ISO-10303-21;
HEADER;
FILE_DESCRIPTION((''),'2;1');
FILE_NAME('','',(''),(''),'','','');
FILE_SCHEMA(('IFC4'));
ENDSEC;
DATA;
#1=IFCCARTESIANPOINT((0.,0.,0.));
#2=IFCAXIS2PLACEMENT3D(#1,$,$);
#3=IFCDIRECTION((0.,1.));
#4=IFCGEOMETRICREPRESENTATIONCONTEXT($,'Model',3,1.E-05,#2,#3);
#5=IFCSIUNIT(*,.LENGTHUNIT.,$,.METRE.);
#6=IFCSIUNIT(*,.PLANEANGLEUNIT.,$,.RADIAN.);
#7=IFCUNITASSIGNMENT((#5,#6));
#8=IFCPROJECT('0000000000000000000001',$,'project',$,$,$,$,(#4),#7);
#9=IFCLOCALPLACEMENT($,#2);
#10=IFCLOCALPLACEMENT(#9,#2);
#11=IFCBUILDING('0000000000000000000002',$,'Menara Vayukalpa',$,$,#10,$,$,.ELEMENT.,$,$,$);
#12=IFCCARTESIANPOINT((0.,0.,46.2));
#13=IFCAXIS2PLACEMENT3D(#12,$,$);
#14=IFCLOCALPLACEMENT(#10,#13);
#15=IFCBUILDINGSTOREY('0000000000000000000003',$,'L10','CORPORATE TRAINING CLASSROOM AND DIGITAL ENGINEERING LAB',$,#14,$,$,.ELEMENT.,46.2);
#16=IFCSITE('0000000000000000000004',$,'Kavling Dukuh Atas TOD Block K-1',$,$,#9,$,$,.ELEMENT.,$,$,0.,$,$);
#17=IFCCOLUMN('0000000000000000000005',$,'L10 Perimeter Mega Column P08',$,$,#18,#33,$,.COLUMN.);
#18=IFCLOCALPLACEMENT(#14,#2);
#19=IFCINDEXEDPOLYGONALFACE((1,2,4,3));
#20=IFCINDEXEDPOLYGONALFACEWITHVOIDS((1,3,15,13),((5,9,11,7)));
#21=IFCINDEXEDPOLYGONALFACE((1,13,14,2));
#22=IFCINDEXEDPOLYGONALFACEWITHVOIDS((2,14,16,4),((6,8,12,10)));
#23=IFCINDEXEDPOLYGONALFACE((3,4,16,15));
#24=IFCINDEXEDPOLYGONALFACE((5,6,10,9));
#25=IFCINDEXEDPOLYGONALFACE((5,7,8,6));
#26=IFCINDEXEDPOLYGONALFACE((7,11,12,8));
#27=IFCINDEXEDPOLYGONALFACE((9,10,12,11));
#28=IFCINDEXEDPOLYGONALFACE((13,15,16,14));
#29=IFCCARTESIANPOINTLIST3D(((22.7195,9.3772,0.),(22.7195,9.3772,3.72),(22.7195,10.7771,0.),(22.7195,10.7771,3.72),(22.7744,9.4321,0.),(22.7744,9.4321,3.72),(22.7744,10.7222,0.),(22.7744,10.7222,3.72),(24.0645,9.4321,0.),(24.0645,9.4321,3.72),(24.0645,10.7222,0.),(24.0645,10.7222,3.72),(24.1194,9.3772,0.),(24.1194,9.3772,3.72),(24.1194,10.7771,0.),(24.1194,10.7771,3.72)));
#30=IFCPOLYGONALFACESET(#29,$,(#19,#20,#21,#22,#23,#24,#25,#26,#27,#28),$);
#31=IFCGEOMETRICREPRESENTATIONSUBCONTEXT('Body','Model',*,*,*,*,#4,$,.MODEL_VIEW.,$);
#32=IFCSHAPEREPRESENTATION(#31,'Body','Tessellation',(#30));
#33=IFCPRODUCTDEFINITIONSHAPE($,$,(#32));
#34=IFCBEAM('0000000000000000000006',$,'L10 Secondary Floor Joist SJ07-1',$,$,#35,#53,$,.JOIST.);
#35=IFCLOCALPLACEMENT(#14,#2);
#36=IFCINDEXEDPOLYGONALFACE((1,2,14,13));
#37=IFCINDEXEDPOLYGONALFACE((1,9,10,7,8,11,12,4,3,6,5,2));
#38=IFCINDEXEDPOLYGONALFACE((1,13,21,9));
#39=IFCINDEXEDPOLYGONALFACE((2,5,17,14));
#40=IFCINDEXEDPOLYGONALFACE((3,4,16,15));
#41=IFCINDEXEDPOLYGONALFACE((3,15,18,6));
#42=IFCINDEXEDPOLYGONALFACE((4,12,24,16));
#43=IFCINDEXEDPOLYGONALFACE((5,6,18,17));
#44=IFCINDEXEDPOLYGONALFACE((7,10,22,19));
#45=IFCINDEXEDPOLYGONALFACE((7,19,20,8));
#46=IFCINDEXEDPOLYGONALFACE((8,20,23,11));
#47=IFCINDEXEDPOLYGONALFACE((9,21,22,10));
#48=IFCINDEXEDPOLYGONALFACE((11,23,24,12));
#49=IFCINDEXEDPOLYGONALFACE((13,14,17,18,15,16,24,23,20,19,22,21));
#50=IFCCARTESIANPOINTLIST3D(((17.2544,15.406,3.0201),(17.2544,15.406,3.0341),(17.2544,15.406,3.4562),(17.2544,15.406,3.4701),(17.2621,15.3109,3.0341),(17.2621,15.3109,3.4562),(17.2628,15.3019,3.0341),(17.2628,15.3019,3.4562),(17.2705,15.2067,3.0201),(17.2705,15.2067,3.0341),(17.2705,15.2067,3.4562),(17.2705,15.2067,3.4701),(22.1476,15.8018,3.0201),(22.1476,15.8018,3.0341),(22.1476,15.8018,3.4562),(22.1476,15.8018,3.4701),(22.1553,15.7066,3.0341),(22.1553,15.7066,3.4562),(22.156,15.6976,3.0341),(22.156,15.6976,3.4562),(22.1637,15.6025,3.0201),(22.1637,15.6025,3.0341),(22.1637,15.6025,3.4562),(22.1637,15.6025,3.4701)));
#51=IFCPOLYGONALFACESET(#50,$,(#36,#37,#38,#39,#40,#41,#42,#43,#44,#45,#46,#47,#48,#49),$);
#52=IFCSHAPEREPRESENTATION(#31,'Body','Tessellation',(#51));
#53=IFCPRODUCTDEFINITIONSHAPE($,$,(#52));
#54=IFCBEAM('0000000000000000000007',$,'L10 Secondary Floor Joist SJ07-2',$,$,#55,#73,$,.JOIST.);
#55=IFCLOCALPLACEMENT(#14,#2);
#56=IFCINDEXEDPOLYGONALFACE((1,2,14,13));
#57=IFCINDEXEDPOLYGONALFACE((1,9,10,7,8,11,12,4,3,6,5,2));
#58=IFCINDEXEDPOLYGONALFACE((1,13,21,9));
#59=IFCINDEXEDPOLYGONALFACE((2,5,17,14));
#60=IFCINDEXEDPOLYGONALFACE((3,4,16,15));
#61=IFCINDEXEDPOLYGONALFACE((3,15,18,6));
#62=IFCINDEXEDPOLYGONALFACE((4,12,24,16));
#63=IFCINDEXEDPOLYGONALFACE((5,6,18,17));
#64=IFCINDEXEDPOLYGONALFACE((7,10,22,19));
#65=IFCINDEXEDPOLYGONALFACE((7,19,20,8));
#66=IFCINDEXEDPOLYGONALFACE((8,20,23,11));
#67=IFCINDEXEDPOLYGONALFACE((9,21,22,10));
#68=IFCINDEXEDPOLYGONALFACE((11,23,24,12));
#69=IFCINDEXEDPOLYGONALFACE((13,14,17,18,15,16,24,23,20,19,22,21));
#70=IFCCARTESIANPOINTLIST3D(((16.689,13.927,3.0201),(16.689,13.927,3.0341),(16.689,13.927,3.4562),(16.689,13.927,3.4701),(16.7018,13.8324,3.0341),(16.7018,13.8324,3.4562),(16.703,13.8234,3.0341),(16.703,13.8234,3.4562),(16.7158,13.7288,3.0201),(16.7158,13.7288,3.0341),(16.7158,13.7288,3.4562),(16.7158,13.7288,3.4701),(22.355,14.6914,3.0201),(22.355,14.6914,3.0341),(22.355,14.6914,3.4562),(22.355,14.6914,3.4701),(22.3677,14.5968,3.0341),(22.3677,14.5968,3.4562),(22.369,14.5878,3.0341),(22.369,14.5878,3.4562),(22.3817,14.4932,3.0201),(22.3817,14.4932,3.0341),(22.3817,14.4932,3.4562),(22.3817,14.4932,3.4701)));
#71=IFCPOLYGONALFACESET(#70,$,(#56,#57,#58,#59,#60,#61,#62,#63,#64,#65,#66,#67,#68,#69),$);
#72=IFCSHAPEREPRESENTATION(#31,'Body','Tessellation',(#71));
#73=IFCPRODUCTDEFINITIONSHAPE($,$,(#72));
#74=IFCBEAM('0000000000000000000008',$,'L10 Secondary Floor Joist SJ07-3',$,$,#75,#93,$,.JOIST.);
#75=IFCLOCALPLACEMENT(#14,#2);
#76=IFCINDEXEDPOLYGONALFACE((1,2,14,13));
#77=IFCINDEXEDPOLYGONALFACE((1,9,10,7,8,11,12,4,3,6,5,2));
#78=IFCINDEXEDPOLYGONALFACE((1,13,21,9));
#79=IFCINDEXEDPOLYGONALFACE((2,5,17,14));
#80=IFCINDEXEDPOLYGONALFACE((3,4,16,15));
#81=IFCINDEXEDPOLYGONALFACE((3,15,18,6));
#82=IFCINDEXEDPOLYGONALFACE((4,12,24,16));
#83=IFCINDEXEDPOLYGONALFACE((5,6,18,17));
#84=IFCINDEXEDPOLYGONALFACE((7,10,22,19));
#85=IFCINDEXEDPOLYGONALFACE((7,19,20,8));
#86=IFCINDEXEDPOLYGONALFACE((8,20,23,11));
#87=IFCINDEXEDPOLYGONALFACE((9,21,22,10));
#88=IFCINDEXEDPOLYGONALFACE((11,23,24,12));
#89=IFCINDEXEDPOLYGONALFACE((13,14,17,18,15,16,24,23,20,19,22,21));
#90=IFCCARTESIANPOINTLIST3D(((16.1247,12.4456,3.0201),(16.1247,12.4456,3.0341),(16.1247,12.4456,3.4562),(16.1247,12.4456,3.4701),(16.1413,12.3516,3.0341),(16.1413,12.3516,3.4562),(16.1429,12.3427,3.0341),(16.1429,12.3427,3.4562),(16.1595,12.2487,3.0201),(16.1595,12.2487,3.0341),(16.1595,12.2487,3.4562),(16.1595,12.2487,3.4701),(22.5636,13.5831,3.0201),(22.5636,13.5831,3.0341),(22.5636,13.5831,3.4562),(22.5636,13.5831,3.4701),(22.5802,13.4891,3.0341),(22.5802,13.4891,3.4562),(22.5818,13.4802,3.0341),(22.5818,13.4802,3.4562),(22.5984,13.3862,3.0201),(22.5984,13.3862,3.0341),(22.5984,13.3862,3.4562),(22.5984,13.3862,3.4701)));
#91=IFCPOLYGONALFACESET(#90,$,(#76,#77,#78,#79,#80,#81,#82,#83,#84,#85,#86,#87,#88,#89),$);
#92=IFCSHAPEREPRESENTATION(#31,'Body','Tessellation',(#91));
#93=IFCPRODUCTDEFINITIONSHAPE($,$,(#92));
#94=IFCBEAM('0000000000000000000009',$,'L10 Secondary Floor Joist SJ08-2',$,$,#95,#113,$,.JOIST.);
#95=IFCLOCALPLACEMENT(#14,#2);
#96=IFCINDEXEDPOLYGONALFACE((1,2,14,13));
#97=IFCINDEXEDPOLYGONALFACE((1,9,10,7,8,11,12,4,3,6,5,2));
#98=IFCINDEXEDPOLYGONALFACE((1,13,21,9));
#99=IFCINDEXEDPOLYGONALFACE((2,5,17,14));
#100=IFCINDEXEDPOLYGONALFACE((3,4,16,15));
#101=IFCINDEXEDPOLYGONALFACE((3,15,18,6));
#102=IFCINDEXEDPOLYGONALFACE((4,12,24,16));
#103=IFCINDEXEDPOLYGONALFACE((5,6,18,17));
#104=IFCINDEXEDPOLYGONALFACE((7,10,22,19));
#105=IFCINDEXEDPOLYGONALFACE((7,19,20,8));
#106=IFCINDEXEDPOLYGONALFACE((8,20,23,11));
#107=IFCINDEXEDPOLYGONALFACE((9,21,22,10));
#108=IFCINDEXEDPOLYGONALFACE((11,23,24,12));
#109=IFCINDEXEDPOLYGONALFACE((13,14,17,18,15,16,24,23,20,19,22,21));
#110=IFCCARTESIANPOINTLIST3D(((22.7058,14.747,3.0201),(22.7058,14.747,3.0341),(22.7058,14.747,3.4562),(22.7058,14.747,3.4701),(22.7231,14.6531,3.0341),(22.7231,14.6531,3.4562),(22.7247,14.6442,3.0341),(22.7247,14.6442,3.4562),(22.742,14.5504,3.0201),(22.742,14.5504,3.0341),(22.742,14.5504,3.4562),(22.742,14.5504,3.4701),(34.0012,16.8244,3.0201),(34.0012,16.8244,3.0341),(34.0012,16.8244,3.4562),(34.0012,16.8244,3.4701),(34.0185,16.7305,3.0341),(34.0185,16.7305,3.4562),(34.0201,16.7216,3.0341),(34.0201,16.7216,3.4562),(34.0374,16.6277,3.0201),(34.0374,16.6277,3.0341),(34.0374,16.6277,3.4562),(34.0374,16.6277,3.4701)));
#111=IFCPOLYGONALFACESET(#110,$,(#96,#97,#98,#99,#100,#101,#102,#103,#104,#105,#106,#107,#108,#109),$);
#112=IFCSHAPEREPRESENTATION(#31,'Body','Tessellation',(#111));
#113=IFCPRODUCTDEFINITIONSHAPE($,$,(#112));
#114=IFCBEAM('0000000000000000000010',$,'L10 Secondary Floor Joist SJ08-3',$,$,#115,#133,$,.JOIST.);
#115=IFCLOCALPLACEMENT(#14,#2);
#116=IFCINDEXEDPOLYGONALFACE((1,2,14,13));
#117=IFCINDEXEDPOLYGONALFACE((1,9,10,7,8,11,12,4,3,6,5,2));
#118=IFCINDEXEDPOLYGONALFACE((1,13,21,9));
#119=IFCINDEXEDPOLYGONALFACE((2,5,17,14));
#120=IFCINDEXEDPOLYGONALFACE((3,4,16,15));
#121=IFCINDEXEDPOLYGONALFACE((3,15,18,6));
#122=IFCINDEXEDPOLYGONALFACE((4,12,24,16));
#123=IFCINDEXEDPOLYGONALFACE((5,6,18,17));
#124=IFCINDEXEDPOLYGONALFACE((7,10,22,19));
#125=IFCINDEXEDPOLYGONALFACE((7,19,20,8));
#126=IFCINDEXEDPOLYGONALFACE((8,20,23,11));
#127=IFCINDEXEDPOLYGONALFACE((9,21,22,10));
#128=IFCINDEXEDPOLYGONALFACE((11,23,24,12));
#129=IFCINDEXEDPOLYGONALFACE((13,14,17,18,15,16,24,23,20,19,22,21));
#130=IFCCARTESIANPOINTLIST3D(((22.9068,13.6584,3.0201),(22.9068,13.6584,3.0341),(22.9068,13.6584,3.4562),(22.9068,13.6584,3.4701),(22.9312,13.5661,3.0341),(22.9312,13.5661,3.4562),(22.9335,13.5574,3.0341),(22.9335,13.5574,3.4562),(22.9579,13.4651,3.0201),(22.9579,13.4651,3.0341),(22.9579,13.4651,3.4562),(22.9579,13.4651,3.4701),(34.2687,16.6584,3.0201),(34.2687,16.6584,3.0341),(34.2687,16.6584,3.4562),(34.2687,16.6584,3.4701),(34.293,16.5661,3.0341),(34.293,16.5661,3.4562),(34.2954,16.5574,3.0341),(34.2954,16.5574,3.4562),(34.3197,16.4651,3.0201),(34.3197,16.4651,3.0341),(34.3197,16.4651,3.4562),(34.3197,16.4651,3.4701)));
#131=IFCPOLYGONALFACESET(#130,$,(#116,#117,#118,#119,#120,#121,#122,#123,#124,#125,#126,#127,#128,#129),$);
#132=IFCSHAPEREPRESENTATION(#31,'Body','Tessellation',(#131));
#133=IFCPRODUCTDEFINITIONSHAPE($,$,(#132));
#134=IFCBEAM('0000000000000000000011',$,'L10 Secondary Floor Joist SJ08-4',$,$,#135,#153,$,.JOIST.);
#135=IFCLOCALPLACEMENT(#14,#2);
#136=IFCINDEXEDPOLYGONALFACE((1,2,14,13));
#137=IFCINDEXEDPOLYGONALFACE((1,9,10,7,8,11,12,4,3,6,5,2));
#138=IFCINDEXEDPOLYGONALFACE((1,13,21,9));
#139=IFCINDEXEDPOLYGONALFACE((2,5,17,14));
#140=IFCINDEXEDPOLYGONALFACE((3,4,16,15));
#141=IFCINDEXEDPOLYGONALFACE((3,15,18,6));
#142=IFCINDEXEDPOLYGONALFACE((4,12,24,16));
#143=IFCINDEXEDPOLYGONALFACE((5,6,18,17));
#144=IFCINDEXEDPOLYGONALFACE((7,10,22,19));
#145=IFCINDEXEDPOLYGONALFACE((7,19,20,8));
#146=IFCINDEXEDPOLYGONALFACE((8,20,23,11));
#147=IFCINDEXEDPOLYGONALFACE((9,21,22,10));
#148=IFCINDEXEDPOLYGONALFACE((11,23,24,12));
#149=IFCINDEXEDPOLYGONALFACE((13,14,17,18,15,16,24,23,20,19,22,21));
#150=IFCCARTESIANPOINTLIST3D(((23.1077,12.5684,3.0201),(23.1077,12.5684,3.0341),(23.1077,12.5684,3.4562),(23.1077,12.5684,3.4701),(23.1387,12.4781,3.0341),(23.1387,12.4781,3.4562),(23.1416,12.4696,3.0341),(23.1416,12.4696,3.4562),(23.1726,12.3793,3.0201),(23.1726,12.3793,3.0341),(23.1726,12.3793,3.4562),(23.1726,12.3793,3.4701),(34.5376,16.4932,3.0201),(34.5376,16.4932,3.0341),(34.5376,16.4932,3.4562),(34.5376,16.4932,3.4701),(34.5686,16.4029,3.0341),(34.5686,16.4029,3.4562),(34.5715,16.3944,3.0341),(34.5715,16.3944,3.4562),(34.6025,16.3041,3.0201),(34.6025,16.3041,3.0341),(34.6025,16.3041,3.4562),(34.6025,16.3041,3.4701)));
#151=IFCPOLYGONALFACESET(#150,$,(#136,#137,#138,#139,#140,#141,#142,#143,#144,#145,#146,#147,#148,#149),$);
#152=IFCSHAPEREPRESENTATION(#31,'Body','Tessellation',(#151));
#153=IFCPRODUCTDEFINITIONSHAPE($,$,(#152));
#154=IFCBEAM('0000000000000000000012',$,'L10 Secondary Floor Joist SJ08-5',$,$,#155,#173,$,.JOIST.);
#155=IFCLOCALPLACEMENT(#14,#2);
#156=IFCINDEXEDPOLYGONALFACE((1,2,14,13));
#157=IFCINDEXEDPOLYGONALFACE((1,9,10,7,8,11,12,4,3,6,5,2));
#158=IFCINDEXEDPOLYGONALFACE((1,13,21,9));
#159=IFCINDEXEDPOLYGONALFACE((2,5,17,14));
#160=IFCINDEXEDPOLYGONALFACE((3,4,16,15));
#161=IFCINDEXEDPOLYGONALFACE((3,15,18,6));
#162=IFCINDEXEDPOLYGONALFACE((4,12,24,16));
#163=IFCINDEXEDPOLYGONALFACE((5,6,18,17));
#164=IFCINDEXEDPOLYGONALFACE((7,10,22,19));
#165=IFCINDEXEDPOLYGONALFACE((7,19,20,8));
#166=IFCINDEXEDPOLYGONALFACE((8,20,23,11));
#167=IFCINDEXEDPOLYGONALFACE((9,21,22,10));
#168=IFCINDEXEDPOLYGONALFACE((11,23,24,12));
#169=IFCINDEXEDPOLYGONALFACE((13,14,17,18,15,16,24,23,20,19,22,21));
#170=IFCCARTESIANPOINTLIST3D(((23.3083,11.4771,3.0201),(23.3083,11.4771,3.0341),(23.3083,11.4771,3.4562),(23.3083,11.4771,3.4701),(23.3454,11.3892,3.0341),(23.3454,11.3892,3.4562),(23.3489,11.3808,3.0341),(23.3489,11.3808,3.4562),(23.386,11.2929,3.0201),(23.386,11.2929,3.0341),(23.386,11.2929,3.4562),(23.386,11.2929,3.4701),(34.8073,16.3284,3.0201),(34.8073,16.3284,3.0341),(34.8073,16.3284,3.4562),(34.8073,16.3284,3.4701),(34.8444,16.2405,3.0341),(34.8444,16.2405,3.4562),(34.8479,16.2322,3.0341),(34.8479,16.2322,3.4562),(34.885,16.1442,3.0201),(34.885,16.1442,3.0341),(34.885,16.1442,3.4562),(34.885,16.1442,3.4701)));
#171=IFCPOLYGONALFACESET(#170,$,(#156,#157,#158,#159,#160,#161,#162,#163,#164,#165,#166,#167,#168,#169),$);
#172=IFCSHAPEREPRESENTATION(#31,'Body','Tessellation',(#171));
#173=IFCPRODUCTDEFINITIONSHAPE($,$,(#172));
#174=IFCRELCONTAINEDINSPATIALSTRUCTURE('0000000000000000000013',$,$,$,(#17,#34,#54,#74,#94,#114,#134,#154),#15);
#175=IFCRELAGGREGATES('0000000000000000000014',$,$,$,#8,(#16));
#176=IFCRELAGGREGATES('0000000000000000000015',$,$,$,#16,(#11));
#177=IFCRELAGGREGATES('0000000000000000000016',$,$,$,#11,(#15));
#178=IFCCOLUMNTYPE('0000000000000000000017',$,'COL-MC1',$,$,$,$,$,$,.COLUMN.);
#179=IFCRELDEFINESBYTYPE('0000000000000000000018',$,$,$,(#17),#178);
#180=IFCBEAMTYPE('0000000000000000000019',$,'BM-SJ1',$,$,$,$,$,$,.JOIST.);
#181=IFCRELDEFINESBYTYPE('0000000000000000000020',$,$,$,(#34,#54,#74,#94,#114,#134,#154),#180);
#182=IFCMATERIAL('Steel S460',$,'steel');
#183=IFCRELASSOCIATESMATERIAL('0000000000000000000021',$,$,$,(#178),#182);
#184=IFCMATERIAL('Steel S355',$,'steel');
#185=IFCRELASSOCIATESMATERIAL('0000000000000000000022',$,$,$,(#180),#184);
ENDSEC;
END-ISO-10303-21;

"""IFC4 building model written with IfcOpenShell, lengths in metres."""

from ifc_helpers import new_model, si_unit, direction, frame, origin, origin_2d, place, context, subcontext, project, spatial, hollow_rectangle, i_section, extrude, material, material_profile, profile_set, type_object, element, save


model = new_model("IFC4")

# Units and contexts
model_context = context("Model", 3, precision=1e-05, world=origin(), true_north=direction((0.0, 1.0)))
body_context = subcontext(model_context, "Body", "Model", "MODEL_VIEW")
ifc_project = project(units=[si_unit("LENGTHUNIT", "METRE"), si_unit("PLANEANGLEUNIT", "RADIAN")], contexts=[model_context])

# Site, building, storey
site_placement = place(None, origin())
site = spatial("IfcSite", under=ifc_project, at=site_placement, Name="Kavling Dukuh Atas TOD Block K-1", CompositionType="ELEMENT", RefElevation=0.0)
building_placement = place(site_placement, origin())
building = spatial("IfcBuilding", under=site, at=building_placement, Name="Menara Vayukalpa", CompositionType="ELEMENT")
storey_placement = place(building_placement, frame((0.0, 0.0, 46.2)))
storey = spatial("IfcBuildingStorey", under=building, at=storey_placement, Name="L10", Description="CORPORATE TRAINING CLASSROOM AND DIGITAL ENGINEERING LAB", CompositionType="ELEMENT", Elevation=46.2)

# Column
ifc_material_1 = material(Name="Steel S460", Category="steel")
ifc_material_profile_1 = material_profile(ifc_material_1, hollow_rectangle(XDim=1.3999, YDim=1.3999, WallThickness=0.0549, at=origin_2d()), Name="BOX 1400x1400x55")
ifc_profile_set_1 = profile_set([ifc_material_profile_1], Name="Steel S460")
column_type = type_object("IfcColumnType", Name="COL-MC1", PredefinedType="COLUMN", material=ifc_profile_set_1)
column_placement = place(storey_placement, frame((23.4194, 10.0771, 0.0), z_axis=(0.0, 0.0, 1.0), x_axis=(1.0, 0.0, 0.0)))
element("IfcColumn", 1, at=column_placement, inside=storey, type_object=column_type, Name="L10 Perimeter Mega Column P08", PredefinedType="COLUMN", context=body_context, shape_type="SweptSolid", body=[
    extrude(hollow_rectangle(XDim=1.3999, YDim=1.3999, WallThickness=0.0549, at=origin_2d()), origin(), (0.0, 0.0, 1.0), 3.72),
])

# Beams
ifc_material_2 = material(Name="Steel S355", Category="steel")
ifc_material_profile_2 = material_profile(ifc_material_2, i_section(OverallWidth=0.2, OverallDepth=0.45, WebThickness=0.009, FlangeThickness=0.0139, at=origin_2d()), Name="WF 450x200x9x14")
ifc_profile_set_2 = profile_set([ifc_material_profile_2], Name="Steel S355")
beam_type_1 = type_object("IfcBeamType", Name="BM-SJ1", PredefinedType="JOIST", material=ifc_profile_set_2)
beam_1_placement = place(storey_placement, frame((17.2625, 15.3064, 3.2451), z_axis=(0.996745, 0.080613, 0.0), x_axis=(-0.080613, 0.996745, 0.0)))
element("IfcBeam", 2, at=beam_1_placement, inside=storey, type_object=beam_type_1, Name="L10 Secondary Floor Joist SJ07-1", PredefinedType="JOIST", context=body_context, shape_type="SweptSolid", body=[
    extrude(i_section(OverallWidth=0.2, OverallDepth=0.45, WebThickness=0.009, FlangeThickness=0.0139, at=origin_2d()), origin(), (0.0, 0.0, 1.0), 4.9092),
])
beam_2_placement = place(storey_placement, frame((16.7024, 13.8279, 3.2451), z_axis=(0.991022, 0.133699, 0.0), x_axis=(-0.133699, 0.991022, 0.0)))
element("IfcBeam", 3, at=beam_2_placement, inside=storey, type_object=beam_type_1, Name="L10 Secondary Floor Joist SJ07-2", PredefinedType="JOIST", context=body_context, shape_type="SweptSolid", body=[
    extrude(i_section(OverallWidth=0.2, OverallDepth=0.45, WebThickness=0.009, FlangeThickness=0.0139, at=origin_2d()), origin(), (0.0, 0.0, 1.0), 5.7173),
])
beam_3_placement = place(storey_placement, frame((16.1421, 12.3472, 3.2451), z_axis=(0.984753, 0.173958, 0.0), x_axis=(-0.173958, 0.984753, 0.0)))
element("IfcBeam", 4, at=beam_3_placement, inside=storey, type_object=beam_type_1, Name="L10 Secondary Floor Joist SJ07-3", PredefinedType="JOIST", context=body_context, shape_type="SweptSolid", body=[
    extrude(i_section(OverallWidth=0.2, OverallDepth=0.45, WebThickness=0.009, FlangeThickness=0.0139, at=origin_2d()), origin(), (0.0, 0.0, 1.0), 6.5386),
])
beam_4_placement = place(storey_placement, frame((22.7239, 14.6487, 3.2451), z_axis=(0.983505, 0.180881, 0.0), x_axis=(-0.180881, 0.983505, 0.0)))
element("IfcBeam", 5, at=beam_4_placement, inside=storey, type_object=beam_type_1, Name="L10 Secondary Floor Joist SJ08-2", PredefinedType="JOIST", context=body_context, shape_type="SweptSolid", body=[
    extrude(i_section(OverallWidth=0.2, OverallDepth=0.45, WebThickness=0.009, FlangeThickness=0.0139, at=origin_2d()), origin(), (0.0, 0.0, 1.0), 11.4849),
])
beam_5_placement = place(storey_placement, frame((22.9324, 13.5618, 3.2451), z_axis=(0.966864, 0.255293, 0.0), x_axis=(-0.255293, 0.966864, 0.0)))
element("IfcBeam", 6, at=beam_5_placement, inside=storey, type_object=beam_type_1, Name="L10 Secondary Floor Joist SJ08-3", PredefinedType="JOIST", context=body_context, shape_type="SweptSolid", body=[
    extrude(i_section(OverallWidth=0.2, OverallDepth=0.45, WebThickness=0.009, FlangeThickness=0.0139, at=origin_2d()), origin(), (0.0, 0.0, 1.0), 11.7512),
])
beam_6_placement = place(storey_placement, frame((23.1401, 12.4739, 3.2451), z_axis=(0.945794, 0.324766, 0.0), x_axis=(-0.324766, 0.945794, 0.0)))
element("IfcBeam", 7, at=beam_6_placement, inside=storey, type_object=beam_type_1, Name="L10 Secondary Floor Joist SJ08-4", PredefinedType="JOIST", context=body_context, shape_type="SweptSolid", body=[
    extrude(i_section(OverallWidth=0.2, OverallDepth=0.45, WebThickness=0.009, FlangeThickness=0.0139, at=origin_2d()), origin(), (0.0, 0.0, 1.0), 12.085),
])
beam_7_placement = place(storey_placement, frame((23.3472, 11.385, 3.2451), z_axis=(0.921359, 0.388712, 0.0), x_axis=(-0.388712, 0.921359, 0.0)))
element("IfcBeam", 8, at=beam_7_placement, inside=storey, type_object=beam_type_1, Name="L10 Secondary Floor Joist SJ08-5", PredefinedType="JOIST", context=body_context, shape_type="SweptSolid", body=[
    extrude(i_section(OverallWidth=0.2, OverallDepth=0.45, WebThickness=0.009, FlangeThickness=0.0139, at=origin_2d()), origin(), (0.0, 0.0, 1.0), 12.4805),
])

save(model, "model.ifc")
